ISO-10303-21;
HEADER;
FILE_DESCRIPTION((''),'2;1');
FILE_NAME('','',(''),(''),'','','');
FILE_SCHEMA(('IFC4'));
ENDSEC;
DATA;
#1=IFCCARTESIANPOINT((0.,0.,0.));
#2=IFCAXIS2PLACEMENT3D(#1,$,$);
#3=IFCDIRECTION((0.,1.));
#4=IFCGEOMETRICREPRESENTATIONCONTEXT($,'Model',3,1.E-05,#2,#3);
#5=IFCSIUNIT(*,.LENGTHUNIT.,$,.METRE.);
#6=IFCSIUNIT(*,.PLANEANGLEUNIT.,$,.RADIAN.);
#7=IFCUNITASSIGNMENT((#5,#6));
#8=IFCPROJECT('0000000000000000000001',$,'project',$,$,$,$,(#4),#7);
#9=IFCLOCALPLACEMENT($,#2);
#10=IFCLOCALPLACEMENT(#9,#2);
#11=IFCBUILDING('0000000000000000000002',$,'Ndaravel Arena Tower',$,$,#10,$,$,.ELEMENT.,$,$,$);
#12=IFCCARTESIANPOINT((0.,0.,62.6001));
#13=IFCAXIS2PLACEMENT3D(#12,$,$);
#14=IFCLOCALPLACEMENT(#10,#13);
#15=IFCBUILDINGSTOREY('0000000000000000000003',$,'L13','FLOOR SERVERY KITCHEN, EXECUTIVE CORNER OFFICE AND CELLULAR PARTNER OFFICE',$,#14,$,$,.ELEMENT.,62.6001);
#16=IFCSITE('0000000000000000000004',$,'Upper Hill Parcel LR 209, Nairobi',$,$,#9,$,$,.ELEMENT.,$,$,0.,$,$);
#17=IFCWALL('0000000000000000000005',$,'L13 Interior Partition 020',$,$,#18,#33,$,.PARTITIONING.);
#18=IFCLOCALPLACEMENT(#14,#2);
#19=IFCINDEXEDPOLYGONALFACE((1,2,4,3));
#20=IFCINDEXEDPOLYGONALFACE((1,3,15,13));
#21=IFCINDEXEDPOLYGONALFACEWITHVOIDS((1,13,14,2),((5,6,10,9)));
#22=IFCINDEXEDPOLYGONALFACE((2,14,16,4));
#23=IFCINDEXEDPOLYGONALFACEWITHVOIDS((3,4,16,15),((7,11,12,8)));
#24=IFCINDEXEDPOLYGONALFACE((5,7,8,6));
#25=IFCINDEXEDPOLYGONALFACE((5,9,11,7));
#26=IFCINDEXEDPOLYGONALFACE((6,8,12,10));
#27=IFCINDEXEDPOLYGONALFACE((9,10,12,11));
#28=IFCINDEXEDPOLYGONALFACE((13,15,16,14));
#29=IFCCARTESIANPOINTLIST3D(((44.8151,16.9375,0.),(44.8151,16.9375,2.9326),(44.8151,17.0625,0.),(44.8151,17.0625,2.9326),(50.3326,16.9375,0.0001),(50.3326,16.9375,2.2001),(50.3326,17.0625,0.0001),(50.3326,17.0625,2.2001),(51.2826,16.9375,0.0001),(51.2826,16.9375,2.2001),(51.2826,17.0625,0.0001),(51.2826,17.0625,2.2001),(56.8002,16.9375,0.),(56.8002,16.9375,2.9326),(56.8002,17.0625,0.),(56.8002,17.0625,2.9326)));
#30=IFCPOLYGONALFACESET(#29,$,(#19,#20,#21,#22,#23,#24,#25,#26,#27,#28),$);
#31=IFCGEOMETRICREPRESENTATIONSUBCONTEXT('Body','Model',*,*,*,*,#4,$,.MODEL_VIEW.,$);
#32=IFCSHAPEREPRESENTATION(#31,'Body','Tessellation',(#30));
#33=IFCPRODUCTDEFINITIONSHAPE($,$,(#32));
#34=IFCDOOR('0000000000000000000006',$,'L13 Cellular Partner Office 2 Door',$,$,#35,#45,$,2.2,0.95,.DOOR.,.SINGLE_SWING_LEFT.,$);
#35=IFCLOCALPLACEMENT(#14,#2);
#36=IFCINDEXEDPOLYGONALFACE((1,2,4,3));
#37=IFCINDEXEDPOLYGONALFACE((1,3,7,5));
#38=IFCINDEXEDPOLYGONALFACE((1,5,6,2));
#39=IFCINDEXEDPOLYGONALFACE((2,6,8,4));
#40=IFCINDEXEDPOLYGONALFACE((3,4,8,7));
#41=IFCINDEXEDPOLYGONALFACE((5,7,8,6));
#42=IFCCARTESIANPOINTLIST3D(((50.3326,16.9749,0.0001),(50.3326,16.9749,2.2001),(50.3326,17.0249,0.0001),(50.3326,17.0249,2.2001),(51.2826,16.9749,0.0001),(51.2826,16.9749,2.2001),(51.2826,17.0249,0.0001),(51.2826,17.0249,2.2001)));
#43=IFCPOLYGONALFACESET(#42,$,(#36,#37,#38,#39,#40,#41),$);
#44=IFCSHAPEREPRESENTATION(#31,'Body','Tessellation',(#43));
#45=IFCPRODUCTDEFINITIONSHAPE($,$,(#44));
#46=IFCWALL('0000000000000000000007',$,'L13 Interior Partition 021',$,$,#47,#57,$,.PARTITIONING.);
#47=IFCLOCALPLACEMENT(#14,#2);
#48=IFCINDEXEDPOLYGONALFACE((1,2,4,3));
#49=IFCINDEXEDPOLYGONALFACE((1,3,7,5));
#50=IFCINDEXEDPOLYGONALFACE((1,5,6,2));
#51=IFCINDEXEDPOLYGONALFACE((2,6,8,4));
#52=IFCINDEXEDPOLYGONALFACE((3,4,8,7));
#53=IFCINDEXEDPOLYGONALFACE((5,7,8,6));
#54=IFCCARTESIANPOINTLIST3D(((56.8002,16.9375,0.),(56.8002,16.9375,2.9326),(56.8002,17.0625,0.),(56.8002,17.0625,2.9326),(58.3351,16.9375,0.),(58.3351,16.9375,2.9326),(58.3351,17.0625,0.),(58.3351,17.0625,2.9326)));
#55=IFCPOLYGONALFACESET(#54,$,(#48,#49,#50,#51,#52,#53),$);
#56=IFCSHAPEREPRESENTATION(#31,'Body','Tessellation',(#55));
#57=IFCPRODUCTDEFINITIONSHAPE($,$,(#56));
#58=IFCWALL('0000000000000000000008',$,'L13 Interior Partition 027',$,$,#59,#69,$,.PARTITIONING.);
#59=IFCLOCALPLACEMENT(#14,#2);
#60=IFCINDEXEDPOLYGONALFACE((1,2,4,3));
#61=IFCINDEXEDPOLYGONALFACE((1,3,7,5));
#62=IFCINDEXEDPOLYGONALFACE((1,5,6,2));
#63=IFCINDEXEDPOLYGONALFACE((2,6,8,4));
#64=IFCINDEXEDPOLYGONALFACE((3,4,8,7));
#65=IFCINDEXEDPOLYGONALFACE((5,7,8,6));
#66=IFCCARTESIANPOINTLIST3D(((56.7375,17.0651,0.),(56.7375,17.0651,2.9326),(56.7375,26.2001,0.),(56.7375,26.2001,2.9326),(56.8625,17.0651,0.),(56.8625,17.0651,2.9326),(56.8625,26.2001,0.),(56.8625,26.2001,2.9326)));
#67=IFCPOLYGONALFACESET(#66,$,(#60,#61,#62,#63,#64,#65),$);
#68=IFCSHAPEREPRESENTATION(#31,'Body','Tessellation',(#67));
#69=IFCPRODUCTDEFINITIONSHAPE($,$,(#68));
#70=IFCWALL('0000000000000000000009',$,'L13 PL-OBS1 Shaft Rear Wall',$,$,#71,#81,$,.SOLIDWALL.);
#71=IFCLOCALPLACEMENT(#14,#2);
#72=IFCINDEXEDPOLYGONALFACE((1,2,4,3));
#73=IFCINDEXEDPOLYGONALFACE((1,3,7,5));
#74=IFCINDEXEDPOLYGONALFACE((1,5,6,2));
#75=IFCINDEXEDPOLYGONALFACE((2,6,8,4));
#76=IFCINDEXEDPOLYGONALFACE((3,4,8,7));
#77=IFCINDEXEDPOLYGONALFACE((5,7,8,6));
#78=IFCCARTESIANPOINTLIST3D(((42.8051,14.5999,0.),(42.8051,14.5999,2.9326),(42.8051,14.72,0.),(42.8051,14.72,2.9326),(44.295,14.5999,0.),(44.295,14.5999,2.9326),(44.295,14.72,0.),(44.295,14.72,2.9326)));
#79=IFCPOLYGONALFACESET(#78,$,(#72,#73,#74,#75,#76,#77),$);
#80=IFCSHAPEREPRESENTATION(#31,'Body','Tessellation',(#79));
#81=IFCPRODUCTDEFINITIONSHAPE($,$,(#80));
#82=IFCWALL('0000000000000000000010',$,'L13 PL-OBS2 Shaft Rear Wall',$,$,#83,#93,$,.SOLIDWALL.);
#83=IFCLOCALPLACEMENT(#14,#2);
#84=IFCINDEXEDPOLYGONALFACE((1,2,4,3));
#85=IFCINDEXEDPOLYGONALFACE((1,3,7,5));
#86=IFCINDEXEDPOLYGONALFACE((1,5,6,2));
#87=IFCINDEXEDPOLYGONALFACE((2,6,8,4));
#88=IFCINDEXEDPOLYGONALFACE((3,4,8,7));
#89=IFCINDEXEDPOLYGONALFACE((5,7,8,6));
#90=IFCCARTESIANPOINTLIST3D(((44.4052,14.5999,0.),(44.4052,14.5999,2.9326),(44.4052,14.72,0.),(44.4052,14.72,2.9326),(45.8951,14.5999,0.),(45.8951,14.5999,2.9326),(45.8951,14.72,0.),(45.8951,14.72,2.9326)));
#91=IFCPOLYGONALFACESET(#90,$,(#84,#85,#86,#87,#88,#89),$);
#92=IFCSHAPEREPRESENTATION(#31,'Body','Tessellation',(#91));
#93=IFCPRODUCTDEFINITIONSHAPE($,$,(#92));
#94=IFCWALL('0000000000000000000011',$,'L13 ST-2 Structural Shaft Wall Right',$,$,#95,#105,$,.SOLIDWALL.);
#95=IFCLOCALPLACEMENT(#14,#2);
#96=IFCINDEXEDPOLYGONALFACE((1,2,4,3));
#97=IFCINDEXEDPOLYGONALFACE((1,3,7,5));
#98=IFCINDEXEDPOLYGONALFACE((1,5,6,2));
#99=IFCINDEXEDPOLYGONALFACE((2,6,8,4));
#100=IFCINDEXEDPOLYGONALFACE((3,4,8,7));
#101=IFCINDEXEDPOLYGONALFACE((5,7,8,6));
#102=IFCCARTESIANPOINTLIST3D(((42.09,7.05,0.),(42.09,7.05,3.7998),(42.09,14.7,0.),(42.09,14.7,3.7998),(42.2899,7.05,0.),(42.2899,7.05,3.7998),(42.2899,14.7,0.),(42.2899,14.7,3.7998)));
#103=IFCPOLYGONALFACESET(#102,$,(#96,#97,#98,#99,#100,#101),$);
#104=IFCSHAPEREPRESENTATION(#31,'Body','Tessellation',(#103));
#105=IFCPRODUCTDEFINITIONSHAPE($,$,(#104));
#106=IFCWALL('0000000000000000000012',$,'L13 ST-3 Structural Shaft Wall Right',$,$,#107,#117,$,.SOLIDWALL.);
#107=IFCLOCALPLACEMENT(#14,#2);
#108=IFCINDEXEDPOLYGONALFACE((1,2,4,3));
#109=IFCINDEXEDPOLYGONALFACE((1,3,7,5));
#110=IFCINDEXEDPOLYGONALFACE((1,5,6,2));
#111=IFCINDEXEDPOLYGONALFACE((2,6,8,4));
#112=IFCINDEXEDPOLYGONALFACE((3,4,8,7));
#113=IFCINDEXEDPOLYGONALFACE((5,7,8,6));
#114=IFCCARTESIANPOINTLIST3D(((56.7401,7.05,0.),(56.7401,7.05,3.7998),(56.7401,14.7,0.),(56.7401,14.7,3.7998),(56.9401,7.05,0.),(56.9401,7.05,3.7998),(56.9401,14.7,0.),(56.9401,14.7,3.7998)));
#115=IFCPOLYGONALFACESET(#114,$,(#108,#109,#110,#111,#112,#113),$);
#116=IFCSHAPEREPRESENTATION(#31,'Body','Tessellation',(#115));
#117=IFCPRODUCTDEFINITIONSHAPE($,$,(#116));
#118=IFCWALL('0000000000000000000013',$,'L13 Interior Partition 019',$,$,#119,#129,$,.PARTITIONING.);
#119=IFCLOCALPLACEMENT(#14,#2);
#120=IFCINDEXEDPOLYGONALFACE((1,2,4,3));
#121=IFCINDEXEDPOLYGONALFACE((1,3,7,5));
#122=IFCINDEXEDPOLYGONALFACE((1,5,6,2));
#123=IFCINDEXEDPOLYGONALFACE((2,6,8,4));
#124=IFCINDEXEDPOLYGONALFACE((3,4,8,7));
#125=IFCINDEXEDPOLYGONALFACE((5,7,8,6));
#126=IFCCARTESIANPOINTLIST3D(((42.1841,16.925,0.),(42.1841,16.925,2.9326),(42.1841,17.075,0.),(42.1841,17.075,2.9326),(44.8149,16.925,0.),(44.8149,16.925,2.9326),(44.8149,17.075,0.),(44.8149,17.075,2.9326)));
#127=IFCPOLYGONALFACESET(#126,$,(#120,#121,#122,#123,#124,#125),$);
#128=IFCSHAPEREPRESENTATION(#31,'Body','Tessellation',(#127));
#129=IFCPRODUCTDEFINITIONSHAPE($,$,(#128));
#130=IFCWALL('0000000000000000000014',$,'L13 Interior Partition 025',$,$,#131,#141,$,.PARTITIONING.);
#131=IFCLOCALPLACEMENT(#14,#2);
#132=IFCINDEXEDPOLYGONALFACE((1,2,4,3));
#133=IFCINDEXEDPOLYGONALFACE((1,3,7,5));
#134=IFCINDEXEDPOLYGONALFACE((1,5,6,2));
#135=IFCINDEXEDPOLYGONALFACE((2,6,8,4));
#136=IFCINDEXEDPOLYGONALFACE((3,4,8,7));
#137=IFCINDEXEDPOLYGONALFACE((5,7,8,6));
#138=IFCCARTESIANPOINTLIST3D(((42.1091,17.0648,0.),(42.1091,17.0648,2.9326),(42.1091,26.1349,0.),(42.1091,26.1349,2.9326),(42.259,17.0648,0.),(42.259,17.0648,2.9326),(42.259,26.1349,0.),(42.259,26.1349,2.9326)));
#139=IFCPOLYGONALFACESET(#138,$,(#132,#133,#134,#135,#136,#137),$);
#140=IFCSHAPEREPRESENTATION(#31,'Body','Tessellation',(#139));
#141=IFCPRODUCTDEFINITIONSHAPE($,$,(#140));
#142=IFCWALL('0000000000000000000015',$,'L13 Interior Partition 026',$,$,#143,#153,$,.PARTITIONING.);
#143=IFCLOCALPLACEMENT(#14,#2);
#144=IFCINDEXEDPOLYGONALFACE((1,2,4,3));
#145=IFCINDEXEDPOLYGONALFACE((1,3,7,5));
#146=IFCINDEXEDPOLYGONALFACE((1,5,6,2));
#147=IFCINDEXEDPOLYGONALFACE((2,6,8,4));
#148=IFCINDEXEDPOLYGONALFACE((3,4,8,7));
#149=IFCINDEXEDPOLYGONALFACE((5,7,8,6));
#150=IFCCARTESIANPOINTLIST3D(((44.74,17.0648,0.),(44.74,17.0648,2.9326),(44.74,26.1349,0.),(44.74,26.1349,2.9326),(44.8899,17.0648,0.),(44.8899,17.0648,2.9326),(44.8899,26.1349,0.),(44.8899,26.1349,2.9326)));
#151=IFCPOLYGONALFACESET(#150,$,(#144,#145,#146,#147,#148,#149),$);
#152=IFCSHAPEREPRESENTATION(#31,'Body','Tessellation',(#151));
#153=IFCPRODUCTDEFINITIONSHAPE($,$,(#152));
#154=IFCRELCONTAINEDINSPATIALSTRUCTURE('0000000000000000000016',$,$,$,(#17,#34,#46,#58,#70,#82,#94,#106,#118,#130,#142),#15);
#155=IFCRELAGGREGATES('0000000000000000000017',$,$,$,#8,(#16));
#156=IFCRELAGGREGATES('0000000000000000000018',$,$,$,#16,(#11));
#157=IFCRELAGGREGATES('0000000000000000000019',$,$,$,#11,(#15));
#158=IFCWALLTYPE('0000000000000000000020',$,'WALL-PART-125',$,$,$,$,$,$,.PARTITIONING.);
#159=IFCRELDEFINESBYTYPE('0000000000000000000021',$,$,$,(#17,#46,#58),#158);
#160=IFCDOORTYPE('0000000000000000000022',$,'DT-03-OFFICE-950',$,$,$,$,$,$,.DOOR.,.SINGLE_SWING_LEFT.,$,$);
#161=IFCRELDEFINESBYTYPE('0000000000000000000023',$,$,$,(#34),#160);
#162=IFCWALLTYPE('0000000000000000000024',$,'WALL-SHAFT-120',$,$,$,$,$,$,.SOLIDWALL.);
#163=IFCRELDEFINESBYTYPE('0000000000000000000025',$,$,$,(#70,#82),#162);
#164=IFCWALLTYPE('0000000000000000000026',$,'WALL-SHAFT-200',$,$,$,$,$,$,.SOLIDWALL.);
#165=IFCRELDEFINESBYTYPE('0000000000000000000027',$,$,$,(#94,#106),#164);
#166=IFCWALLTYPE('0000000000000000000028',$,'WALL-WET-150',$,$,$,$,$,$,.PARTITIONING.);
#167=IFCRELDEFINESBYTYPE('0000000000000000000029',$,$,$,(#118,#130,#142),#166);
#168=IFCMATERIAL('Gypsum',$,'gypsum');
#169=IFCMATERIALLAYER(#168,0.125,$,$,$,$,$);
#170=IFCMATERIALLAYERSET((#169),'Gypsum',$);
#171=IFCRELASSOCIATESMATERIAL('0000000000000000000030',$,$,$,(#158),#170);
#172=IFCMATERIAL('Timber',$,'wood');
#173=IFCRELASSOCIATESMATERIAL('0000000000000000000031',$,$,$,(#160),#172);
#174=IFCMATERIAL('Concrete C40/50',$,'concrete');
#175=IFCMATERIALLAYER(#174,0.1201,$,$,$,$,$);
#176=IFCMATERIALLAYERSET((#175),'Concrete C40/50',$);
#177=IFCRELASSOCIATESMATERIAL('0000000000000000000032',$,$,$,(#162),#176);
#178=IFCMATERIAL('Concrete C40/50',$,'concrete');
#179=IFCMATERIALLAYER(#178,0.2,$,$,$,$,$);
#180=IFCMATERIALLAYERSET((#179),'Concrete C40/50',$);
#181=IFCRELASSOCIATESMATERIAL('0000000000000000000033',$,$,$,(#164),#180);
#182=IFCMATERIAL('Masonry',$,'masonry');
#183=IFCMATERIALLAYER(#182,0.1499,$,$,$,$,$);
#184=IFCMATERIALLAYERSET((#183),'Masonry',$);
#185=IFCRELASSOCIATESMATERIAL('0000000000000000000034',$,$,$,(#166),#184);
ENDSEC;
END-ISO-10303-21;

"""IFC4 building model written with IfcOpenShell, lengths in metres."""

from ifc_helpers import new_model, si_unit, direction, frame, frame_2d, origin, place, context, subcontext, project, spatial, rectangle, extrude, material, layer, layer_set, type_object, element, fill, save


model = new_model("IFC4")

# Units and contexts
model_context = context("Model", 3, precision=1e-05, world=origin(), true_north=direction((0.0, 1.0)))
body_context = subcontext(model_context, "Body", "Model", "MODEL_VIEW")
ifc_project = project(units=[si_unit("LENGTHUNIT", "METRE"), si_unit("PLANEANGLEUNIT", "RADIAN")], contexts=[model_context])

# Site, building, storey
site_placement = place(None, origin())
site = spatial("IfcSite", under=ifc_project, at=site_placement, Name="Upper Hill Parcel LR 209, Nairobi", CompositionType="ELEMENT", RefElevation=0.0)
building_placement = place(site_placement, origin())
building = spatial("IfcBuilding", under=site, at=building_placement, Name="Ndaravel Arena Tower", CompositionType="ELEMENT")
storey_placement = place(building_placement, frame((0.0, 0.0, 62.6001)))
storey = spatial("IfcBuildingStorey", under=building, at=storey_placement, Name="L13", Description="FLOOR SERVERY KITCHEN, EXECUTIVE CORNER OFFICE AND CELLULAR PARTNER OFFICE", CompositionType="ELEMENT", Elevation=62.6001)

# Shared definitions
ifc_material_1 = material(Name="Gypsum", Category="gypsum")
ifc_layer_1 = layer(ifc_material_1, 0.125)
ifc_layer_set_1 = layer_set([ifc_layer_1], Name="Gypsum")
wall_type_1 = type_object("IfcWallType", Name="WALL-PART-125", PredefinedType="PARTITIONING", material=ifc_layer_set_1)

# Wall, opening, door
ifc_material_2 = material(Name="Timber", Category="wood")
door_type_1 = type_object("IfcDoorType", Name="DT-03-OFFICE-950", OperationType="SINGLE_SWING_LEFT", PredefinedType="DOOR", material=ifc_material_2)
wall_1_placement = place(storey_placement, frame((44.8149, 17.0, 0.0), z_axis=(0.0, 0.0, 1.0), x_axis=(1.0, 0.0, 0.0)))
wall_1 = element("IfcWall", 1, at=wall_1_placement, inside=storey, type_object=wall_type_1, Name="L13 Interior Partition 020", PredefinedType="PARTITIONING", context=body_context, shape_type="SweptSolid", body=[
    extrude(rectangle(XDim=11.9851, YDim=0.125, at=frame_2d((5.9927, 0.0))), origin(), (0.0, 0.0, 1.0), 2.9326),
])
opening_1_placement = place(wall_1_placement, frame((5.5176, 0.0, 0.0)))
opening_1 = element("IfcOpeningElement", 2, at=opening_1_placement, cuts=wall_1, PredefinedType="OPENING", context=body_context, shape_type="SweptSolid", body=[
    extrude(rectangle(XDim=0.95, YDim=2.2, at=frame_2d((0.4751, 1.1001))), frame((0.0, 0.0625, 0.0), z_axis=(0.0, -1.0, 0.0), x_axis=(1.0, 0.0, 0.0)), (0.0, 0.0, 1.0), 0.125),
])
door_1_placement = place(opening_1_placement, origin())
door_1 = element("IfcDoor", 3, at=door_1_placement, inside=storey, type_object=door_type_1, Name="L13 Cellular Partner Office 2 Door", OperationType="SINGLE_SWING_LEFT", OverallHeight=2.2, OverallWidth=0.95, PredefinedType="DOOR", context=body_context, shape_type="SweptSolid", body=[
    extrude(rectangle(XDim=0.95, YDim=2.2, at=frame_2d((0.4751, 1.1001))), frame((0.0, 0.0249, 0.0), z_axis=(0.0, -1.0, 0.0), x_axis=(1.0, 0.0, 0.0)), (0.0, 0.0, 1.0), 0.05),
])
fill(opening_1, door_1)

# Walls
wall_2_placement = place(storey_placement, frame((56.8, 17.0, 0.0), z_axis=(0.0, 0.0, 1.0), x_axis=(1.0, 0.0, 0.0)))
element("IfcWall", 4, at=wall_2_placement, inside=storey, type_object=wall_type_1, Name="L13 Interior Partition 021", PredefinedType="PARTITIONING", context=body_context, shape_type="SweptSolid", body=[
    extrude(rectangle(XDim=1.5349, YDim=0.125, at=frame_2d((0.7676, 0.0))), origin(), (0.0, 0.0, 1.0), 2.9326),
])
wall_3_placement = place(storey_placement, frame((56.8, 26.2, 0.0), z_axis=(0.0, 0.0, 1.0), x_axis=(0.0, -1.0, 0.0)))
element("IfcWall", 5, at=wall_3_placement, inside=storey, type_object=wall_type_1, Name="L13 Interior Partition 027", PredefinedType="PARTITIONING", context=body_context, shape_type="SweptSolid", body=[
    extrude(rectangle(XDim=9.135, YDim=0.125, at=frame_2d((4.5674, 0.0))), origin(), (0.0, 0.0, 1.0), 2.9326),
])
ifc_material_3 = material(Name="Concrete C40/50", Category="concrete")
ifc_layer_2 = layer(ifc_material_3, 0.1201)
ifc_layer_set_2 = layer_set([ifc_layer_2], Name="Concrete C40/50")
wall_type_2 = type_object("IfcWallType", Name="WALL-SHAFT-120", PredefinedType="SOLIDWALL", material=ifc_layer_set_2)
for number, where, z_axis, x_axis, name in (
    (6, (42.8049, 14.6599, 0.0), (0.0, 0.0, 1.0), (1.0, 0.0, 0.0), "L13 PL-OBS1 Shaft Rear Wall"),
    (7, (44.405, 14.6599, 0.0), (0.0, 0.0, 1.0), (1.0, 0.0, 0.0), "L13 PL-OBS2 Shaft Rear Wall"),
):
    element("IfcWall", number, at=place(storey_placement, frame(where, z_axis=z_axis, x_axis=x_axis)), inside=storey, type_object=wall_type_2, Name=name, PredefinedType="SOLIDWALL", context=body_context, shape_type="SweptSolid", body=[
        extrude(rectangle(XDim=1.49, YDim=0.1201, at=frame_2d((0.7451, 0.0))), origin(), (0.0, 0.0, 1.0), 2.9326),
    ])
ifc_material_4 = material(Name="Concrete C40/50", Category="concrete")
ifc_layer_3 = layer(ifc_material_4, 0.2)
ifc_layer_set_3 = layer_set([ifc_layer_3], Name="Concrete C40/50")
wall_type_3 = type_object("IfcWallType", Name="WALL-SHAFT-200", PredefinedType="SOLIDWALL", material=ifc_layer_set_3)
for number, where, z_axis, x_axis, name in (
    (8, (42.1899, 14.7, 0.0), (0.0, 0.0, 1.0), (0.0, -1.0, 0.0), "L13 ST-2 Structural Shaft Wall Right"),
    (9, (56.8401, 14.7, 0.0), (0.0, 0.0, 1.0), (0.0, -1.0, 0.0), "L13 ST-3 Structural Shaft Wall Right"),
):
    element("IfcWall", number, at=place(storey_placement, frame(where, z_axis=z_axis, x_axis=x_axis)), inside=storey, type_object=wall_type_3, Name=name, PredefinedType="SOLIDWALL", context=body_context, shape_type="SweptSolid", body=[
        extrude(rectangle(XDim=7.6499, YDim=0.2, at=frame_2d((3.825, 0.0))), origin(), (0.0, 0.0, 1.0), 3.7998),
    ])

# Shared definitions
ifc_material_5 = material(Name="Masonry", Category="masonry")
ifc_layer_4 = layer(ifc_material_5, 0.1499)
ifc_layer_set_4 = layer_set([ifc_layer_4], Name="Masonry")
wall_type_4 = type_object("IfcWallType", Name="WALL-WET-150", PredefinedType="PARTITIONING", material=ifc_layer_set_4)

# Walls
wall_4_placement = place(storey_placement, frame((42.1841, 17.0, 0.0), z_axis=(0.0, 0.0, 1.0), x_axis=(1.0, 0.0, 0.0)))
element("IfcWall", 10, at=wall_4_placement, inside=storey, type_object=wall_type_4, Name="L13 Interior Partition 019", PredefinedType="PARTITIONING", context=body_context, shape_type="SweptSolid", body=[
    extrude(rectangle(XDim=2.6309, YDim=0.1499, at=frame_2d((1.3154, 0.0))), origin(), (0.0, 0.0, 1.0), 2.9326),
])
for number, where, z_axis, x_axis, name in (
    (11, (42.1841, 26.135, 0.0), (0.0, 0.0, 1.0), (0.0, -1.0, 0.0), "L13 Interior Partition 025"),
    (12, (44.8149, 26.135, 0.0), (0.0, 0.0, 1.0), (0.0, -1.0, 0.0), "L13 Interior Partition 026"),
):
    element("IfcWall", number, at=place(storey_placement, frame(where, z_axis=z_axis, x_axis=x_axis)), inside=storey, type_object=wall_type_4, Name=name, PredefinedType="PARTITIONING", context=body_context, shape_type="SweptSolid", body=[
        extrude(rectangle(XDim=9.0701, YDim=0.1499, at=frame_2d((4.5352, 0.0))), origin(), (0.0, 0.0, 1.0), 2.9326),
    ])

save(model, "model.ifc")
